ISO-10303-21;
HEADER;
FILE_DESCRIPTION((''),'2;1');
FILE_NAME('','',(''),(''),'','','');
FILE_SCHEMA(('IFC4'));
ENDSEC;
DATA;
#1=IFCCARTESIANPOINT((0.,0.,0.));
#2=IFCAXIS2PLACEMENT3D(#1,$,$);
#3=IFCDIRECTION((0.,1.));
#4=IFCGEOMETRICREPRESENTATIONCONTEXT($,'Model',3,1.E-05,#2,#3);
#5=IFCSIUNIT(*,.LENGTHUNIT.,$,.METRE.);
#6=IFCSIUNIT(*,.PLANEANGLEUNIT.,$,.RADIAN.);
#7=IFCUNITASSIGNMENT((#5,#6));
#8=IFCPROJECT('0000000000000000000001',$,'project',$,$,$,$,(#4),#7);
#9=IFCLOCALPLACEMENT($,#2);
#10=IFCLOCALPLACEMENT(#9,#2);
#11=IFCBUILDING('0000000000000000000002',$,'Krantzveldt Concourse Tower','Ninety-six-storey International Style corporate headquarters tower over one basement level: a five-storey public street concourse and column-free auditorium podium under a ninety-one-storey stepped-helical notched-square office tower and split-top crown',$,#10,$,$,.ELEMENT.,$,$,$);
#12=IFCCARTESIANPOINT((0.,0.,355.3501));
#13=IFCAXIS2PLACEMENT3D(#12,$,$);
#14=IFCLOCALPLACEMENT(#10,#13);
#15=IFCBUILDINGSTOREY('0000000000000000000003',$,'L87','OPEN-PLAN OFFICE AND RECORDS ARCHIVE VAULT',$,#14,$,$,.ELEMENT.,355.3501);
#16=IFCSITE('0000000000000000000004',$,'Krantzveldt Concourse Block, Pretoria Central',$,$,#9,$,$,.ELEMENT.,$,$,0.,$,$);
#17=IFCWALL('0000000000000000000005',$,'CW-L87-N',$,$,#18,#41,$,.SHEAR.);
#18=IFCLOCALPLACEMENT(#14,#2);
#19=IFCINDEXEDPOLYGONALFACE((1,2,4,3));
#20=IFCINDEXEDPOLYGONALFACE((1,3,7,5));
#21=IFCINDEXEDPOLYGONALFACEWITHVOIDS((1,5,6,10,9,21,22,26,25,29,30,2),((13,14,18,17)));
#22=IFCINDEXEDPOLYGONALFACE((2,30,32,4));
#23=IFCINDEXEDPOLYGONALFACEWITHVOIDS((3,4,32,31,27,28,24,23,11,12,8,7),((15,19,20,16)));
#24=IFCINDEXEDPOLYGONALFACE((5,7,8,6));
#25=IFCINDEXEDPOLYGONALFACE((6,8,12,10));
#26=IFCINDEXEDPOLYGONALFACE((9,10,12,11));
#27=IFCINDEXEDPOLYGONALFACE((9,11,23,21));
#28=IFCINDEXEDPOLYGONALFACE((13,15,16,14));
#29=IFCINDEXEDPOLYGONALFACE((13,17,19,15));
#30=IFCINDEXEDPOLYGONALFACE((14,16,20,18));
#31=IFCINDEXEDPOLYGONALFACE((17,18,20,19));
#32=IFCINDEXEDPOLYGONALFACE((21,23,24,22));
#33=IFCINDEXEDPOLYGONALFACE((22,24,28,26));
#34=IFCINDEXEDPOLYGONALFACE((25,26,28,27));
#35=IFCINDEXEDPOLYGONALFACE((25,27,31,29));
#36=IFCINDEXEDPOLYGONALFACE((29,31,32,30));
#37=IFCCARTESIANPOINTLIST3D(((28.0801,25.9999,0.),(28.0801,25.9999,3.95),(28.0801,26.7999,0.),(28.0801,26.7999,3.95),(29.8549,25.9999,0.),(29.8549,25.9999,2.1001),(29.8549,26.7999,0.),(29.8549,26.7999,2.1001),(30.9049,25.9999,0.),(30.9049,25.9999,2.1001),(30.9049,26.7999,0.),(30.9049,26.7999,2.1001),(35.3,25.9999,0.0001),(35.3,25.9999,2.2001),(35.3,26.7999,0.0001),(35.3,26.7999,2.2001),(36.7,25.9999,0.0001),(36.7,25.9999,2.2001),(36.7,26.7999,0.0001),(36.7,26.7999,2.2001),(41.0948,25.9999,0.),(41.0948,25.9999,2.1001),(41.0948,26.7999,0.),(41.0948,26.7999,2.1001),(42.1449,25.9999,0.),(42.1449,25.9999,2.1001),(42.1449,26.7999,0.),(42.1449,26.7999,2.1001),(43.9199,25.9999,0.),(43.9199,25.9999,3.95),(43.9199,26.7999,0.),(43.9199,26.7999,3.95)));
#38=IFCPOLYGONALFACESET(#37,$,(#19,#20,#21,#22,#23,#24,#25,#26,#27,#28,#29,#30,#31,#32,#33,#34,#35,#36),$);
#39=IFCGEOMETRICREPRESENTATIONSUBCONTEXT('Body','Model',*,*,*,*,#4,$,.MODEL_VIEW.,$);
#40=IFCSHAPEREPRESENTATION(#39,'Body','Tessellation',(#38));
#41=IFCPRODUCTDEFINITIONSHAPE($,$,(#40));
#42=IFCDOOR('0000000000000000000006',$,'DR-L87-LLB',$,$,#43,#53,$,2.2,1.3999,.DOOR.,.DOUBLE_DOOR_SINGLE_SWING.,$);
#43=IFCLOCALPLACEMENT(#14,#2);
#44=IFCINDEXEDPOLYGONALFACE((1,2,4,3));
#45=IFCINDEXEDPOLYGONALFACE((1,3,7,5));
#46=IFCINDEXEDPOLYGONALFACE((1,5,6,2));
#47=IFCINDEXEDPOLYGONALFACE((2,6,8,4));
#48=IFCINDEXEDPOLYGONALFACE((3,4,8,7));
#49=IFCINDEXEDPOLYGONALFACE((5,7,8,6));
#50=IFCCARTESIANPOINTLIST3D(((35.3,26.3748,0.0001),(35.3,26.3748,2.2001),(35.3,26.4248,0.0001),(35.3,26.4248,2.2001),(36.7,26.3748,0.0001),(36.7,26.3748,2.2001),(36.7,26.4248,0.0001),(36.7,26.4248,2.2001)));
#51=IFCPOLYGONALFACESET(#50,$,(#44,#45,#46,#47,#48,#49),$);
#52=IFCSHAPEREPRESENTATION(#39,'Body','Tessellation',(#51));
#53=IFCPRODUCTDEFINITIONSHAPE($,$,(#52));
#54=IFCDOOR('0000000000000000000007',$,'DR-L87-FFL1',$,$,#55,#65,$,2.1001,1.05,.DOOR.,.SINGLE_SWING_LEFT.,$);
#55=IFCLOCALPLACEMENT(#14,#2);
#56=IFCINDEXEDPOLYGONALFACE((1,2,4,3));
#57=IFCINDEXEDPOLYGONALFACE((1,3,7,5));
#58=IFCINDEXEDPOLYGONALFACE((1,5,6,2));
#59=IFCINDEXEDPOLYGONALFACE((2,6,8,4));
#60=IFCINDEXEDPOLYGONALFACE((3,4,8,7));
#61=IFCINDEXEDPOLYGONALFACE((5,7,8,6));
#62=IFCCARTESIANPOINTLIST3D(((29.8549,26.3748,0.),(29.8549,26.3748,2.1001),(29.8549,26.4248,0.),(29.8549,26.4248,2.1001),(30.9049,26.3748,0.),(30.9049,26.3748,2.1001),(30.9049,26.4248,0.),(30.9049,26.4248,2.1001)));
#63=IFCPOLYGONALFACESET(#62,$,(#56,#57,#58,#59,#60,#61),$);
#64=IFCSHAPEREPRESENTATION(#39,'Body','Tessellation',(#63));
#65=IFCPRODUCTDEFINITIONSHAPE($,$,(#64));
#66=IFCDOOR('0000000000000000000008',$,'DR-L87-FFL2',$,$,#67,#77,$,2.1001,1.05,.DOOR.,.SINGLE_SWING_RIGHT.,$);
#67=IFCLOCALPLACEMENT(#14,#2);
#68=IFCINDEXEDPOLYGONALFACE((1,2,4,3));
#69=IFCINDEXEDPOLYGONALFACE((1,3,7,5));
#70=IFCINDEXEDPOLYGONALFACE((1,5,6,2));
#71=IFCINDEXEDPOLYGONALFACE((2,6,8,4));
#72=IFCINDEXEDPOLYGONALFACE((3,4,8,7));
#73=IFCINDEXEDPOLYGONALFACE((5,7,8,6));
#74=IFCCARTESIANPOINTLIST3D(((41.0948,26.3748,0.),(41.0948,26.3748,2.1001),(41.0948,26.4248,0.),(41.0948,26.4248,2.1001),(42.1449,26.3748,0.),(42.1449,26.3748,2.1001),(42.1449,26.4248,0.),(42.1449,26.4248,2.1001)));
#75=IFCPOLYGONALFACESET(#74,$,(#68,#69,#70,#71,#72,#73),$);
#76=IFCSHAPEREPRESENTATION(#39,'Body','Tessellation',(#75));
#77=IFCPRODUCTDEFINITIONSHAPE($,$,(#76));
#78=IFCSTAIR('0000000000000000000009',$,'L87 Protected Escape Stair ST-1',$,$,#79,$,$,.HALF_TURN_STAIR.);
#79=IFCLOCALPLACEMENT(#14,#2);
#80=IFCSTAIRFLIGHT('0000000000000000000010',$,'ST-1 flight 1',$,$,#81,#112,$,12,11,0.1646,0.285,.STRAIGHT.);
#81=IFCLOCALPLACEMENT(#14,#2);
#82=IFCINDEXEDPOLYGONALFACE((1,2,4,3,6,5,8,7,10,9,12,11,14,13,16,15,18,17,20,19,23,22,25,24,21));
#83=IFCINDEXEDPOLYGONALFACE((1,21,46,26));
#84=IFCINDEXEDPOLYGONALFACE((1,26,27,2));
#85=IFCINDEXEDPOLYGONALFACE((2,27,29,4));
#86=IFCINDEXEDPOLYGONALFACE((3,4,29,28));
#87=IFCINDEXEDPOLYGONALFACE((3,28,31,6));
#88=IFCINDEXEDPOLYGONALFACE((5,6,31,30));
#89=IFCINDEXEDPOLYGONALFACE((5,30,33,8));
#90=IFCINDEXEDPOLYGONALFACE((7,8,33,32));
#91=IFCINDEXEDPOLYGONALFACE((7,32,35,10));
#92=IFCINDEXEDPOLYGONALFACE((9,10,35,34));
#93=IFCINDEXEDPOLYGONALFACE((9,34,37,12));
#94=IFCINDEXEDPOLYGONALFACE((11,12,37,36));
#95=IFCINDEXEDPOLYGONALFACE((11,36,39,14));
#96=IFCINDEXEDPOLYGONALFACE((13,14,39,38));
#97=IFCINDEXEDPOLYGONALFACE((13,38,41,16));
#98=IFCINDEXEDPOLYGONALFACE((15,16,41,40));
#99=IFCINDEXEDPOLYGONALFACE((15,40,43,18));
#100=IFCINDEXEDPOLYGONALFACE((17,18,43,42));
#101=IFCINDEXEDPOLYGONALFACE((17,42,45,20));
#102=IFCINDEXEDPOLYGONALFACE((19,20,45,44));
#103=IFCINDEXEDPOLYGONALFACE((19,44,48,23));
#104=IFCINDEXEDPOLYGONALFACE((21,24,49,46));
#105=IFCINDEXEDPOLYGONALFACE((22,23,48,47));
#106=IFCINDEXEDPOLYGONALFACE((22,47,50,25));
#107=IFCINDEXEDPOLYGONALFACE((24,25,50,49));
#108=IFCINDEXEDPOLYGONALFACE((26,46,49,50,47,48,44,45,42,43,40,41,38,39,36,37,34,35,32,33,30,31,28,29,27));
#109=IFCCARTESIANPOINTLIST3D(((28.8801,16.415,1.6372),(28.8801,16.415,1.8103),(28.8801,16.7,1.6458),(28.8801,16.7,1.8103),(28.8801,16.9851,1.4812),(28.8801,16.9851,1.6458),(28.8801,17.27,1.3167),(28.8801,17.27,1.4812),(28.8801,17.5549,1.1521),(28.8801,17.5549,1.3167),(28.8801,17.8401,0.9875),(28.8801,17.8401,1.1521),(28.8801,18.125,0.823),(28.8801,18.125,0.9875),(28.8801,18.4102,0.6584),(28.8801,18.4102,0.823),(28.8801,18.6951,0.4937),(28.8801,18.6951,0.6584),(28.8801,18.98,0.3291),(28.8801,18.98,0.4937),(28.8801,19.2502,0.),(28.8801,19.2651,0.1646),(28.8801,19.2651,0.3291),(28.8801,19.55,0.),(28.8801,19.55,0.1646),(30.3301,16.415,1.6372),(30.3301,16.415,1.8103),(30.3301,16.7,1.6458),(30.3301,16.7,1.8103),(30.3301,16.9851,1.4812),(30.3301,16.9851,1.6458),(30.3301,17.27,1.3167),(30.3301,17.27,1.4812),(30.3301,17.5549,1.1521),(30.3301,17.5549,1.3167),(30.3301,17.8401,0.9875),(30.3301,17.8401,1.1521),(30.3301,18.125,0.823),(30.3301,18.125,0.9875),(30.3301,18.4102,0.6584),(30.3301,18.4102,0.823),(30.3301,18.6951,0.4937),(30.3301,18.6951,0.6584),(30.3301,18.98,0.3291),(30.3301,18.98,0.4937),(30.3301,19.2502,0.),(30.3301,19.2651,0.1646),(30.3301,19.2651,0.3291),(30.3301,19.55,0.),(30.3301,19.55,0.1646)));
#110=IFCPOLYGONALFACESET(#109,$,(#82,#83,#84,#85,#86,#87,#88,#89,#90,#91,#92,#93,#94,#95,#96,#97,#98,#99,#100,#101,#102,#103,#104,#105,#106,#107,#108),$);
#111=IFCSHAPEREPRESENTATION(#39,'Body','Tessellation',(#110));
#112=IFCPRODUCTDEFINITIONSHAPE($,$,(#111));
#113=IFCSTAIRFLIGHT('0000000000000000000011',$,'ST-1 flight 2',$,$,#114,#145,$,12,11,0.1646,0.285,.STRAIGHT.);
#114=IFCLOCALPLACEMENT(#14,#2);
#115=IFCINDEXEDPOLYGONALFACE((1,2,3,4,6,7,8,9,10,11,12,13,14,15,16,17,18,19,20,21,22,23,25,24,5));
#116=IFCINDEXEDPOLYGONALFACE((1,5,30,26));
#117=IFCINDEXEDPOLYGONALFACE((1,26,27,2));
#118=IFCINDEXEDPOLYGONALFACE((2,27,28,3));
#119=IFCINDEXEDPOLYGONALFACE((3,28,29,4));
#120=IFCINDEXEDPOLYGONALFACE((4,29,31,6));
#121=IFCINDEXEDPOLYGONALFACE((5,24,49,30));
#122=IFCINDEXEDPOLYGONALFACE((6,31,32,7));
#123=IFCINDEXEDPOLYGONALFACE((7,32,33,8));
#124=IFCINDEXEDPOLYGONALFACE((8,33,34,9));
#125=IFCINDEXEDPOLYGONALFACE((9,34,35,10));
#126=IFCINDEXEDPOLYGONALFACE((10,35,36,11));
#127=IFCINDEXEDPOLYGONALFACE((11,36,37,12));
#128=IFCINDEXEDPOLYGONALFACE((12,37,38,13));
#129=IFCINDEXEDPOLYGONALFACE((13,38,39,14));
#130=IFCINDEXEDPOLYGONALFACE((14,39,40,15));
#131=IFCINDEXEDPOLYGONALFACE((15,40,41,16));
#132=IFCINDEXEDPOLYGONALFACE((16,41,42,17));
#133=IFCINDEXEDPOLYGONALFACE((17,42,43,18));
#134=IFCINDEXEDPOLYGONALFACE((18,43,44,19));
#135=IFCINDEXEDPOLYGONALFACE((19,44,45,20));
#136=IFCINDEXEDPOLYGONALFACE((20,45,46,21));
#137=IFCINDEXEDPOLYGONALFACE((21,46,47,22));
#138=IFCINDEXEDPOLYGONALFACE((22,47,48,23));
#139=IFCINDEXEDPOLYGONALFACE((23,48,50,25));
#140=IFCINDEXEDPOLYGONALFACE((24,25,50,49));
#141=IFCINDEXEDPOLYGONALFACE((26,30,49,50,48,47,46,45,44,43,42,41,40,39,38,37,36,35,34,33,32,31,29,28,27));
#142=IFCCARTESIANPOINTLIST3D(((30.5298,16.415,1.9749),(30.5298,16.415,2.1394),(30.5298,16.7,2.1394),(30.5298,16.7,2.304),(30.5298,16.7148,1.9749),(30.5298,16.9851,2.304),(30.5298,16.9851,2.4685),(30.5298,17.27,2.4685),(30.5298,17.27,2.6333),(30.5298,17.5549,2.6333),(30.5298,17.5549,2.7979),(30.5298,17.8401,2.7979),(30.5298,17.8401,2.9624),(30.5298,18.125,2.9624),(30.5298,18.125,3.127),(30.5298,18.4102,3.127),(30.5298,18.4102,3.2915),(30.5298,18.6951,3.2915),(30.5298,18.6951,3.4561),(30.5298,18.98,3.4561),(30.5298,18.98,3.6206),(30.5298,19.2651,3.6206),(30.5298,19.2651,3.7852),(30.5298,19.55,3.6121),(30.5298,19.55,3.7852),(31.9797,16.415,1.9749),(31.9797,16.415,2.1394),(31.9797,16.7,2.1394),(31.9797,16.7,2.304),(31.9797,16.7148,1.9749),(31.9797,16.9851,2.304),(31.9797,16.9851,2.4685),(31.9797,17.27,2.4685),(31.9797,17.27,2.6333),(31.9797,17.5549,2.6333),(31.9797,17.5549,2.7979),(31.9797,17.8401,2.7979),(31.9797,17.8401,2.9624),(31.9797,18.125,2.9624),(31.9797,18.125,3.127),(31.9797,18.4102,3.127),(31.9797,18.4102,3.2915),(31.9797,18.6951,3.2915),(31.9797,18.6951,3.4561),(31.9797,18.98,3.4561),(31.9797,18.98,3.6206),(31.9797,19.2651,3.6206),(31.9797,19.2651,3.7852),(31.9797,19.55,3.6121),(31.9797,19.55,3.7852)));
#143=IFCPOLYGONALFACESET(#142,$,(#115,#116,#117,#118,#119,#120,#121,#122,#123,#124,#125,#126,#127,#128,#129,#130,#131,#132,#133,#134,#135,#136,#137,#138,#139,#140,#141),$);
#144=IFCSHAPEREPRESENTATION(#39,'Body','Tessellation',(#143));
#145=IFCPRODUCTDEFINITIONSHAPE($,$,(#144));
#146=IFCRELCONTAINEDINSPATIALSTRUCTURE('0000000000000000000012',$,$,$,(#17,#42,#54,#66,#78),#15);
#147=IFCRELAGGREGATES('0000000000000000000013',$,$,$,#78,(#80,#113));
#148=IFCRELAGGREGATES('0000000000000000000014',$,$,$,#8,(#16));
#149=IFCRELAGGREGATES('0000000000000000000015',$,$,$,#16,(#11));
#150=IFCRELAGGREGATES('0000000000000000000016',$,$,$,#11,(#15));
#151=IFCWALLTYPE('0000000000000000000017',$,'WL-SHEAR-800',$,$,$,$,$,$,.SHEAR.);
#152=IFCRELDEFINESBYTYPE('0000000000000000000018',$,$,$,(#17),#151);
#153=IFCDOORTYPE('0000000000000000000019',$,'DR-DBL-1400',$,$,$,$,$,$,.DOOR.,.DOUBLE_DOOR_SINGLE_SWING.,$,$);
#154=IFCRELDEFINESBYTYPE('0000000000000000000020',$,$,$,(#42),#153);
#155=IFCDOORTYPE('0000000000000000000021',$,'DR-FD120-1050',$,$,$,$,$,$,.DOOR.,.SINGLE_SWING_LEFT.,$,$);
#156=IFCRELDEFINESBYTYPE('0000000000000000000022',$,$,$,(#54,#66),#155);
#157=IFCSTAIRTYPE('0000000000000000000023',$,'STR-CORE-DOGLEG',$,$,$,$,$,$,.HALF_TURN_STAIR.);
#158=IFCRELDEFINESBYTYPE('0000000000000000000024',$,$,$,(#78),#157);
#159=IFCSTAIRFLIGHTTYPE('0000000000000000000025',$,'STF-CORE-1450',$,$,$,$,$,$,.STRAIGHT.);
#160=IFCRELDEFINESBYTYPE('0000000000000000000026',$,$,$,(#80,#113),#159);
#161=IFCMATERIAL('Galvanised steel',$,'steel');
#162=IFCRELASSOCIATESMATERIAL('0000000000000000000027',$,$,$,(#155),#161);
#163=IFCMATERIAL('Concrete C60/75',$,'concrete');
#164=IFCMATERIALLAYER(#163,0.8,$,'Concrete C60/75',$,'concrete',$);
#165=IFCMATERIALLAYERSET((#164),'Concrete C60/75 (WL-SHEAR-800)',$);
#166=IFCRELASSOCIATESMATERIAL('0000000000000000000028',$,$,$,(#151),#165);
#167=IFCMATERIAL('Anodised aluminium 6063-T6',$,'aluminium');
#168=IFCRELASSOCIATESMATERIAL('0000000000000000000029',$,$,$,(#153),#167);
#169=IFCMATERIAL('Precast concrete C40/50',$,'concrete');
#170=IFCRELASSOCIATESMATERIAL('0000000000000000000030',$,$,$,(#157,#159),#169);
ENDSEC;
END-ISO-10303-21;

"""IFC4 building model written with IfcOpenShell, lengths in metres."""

from ifc_helpers import new_model, si_unit, direction, frame, frame_2d, origin, place, context, subcontext, project, spatial, polyline, rectangle, outline, extrude, material, layer, layer_set, type_object, element, fill, aggregate, save


model = new_model("IFC4")

# Units and contexts
model_context = context("Model", 3, precision=1e-05, world=origin(), true_north=direction((0.0, 1.0)))
body_context = subcontext(model_context, "Body", "Model", "MODEL_VIEW")
ifc_project = project(units=[si_unit("LENGTHUNIT", "METRE"), si_unit("PLANEANGLEUNIT", "RADIAN")], contexts=[model_context])

# Site, building, storey
site_placement = place(None, origin())
site = spatial("IfcSite", under=ifc_project, at=site_placement, Name="Krantzveldt Concourse Block, Pretoria Central", CompositionType="ELEMENT", RefElevation=0.0)
building_placement = place(site_placement, origin())
building = spatial("IfcBuilding", under=site, at=building_placement, Name="Krantzveldt Concourse Tower", Description="Ninety-six-storey International Style corporate headquarters tower over one basement level: a five-storey public street concourse and column-free auditorium podium under a ninety-one-storey stepped-helical notched-square office tower and split-top crown", CompositionType="ELEMENT")
storey_placement = place(building_placement, frame((0.0, 0.0, 355.3501)))
storey = spatial("IfcBuildingStorey", under=building, at=storey_placement, Name="L87", Description="OPEN-PLAN OFFICE AND RECORDS ARCHIVE VAULT", CompositionType="ELEMENT", Elevation=355.3501)

# Shared definitions
ifc_material_1 = material(Name="Galvanised steel", Category="steel")
door_type_1 = type_object("IfcDoorType", Name="DR-FD120-1050", OperationType="SINGLE_SWING_LEFT", PredefinedType="DOOR", material=ifc_material_1)

# Wall, openings, doors
ifc_material_2 = material(Name="Concrete C60/75", Category="concrete")
ifc_layer_1 = layer(ifc_material_2, 0.8, Name="Concrete C60/75", Category="concrete")
ifc_layer_set_1 = layer_set([ifc_layer_1], Name="Concrete C60/75 (WL-SHEAR-800)")
wall_type_1 = type_object("IfcWallType", Name="WL-SHEAR-800", PredefinedType="SHEAR", material=ifc_layer_set_1)
wall_1_placement = place(storey_placement, frame((28.0801, 26.3999, 0.0), z_axis=(0.0, 0.0, 1.0), x_axis=(1.0, 0.0, 0.0)))
wall_1 = element("IfcWall", 1, at=wall_1_placement, inside=storey, type_object=wall_type_1, Name="CW-L87-N", PredefinedType="SHEAR", context=body_context, shape_type="SweptSolid", body=[
    extrude(rectangle(XDim=15.8398, YDim=0.8, at=frame_2d((7.9199, 0.0))), origin(), (0.0, 0.0, 1.0), 3.95),
])
opening_1_placement = place(wall_1_placement, frame((7.22, 0.0, 0.0)))
opening_1 = element("IfcOpeningElement", 2, at=opening_1_placement, cuts=wall_1, PredefinedType="OPENING", context=body_context, shape_type="SweptSolid", body=[
    extrude(rectangle(XDim=1.3999, YDim=2.2, at=frame_2d((0.7, 1.1001))), frame((0.0, 0.4102, 0.0), z_axis=(0.0, -1.0, 0.0), x_axis=(1.0, 0.0, 0.0)), (0.0, 0.0, 1.0), 0.8201),
])
opening_2_placement = place(wall_1_placement, frame((1.7749, 0.0, 0.0)))
opening_2 = element("IfcOpeningElement", 3, at=opening_2_placement, cuts=wall_1, PredefinedType="OPENING", context=body_context, shape_type="SweptSolid", body=[
    extrude(rectangle(XDim=1.05, YDim=2.1001, at=frame_2d((0.5249, 1.05))), frame((0.0, 0.4102, 0.0), z_axis=(0.0, -1.0, 0.0), x_axis=(1.0, 0.0, 0.0)), (0.0, 0.0, 1.0), 0.8201),
])
opening_3_placement = place(wall_1_placement, frame((13.0149, 0.0, 0.0)))
opening_3 = element("IfcOpeningElement", 4, at=opening_3_placement, cuts=wall_1, PredefinedType="OPENING", context=body_context, shape_type="SweptSolid", body=[
    extrude(rectangle(XDim=1.05, YDim=2.1001, at=frame_2d((0.5249, 1.05))), frame((0.0, 0.4102, 0.0), z_axis=(0.0, -1.0, 0.0), x_axis=(1.0, 0.0, 0.0)), (0.0, 0.0, 1.0), 0.8201),
])
ifc_material_3 = material(Name="Anodised aluminium 6063-T6", Category="aluminium")
door_type_2 = type_object("IfcDoorType", Name="DR-DBL-1400", OperationType="DOUBLE_DOOR_SINGLE_SWING", PredefinedType="DOOR", material=ifc_material_3)
door_1_placement = place(opening_1_placement, origin())
door_1 = element("IfcDoor", 5, at=door_1_placement, inside=storey, type_object=door_type_2, Name="DR-L87-LLB", OperationType="DOUBLE_DOOR_SINGLE_SWING", OverallHeight=2.2, OverallWidth=1.3999, PredefinedType="DOOR", context=body_context, shape_type="SweptSolid", body=[
    extrude(rectangle(XDim=1.3999, YDim=2.2, at=frame_2d((0.7, 1.1001))), frame((0.0, 0.0249, 0.0), z_axis=(0.0, -1.0, 0.0), x_axis=(1.0, 0.0, 0.0)), (0.0, 0.0, 1.0), 0.05),
])
fill(opening_1, door_1)
door_2_placement = place(opening_2_placement, origin())
door_2 = element("IfcDoor", 6, at=door_2_placement, inside=storey, type_object=door_type_1, Name="DR-L87-FFL1", OperationType="SINGLE_SWING_LEFT", OverallHeight=2.1001, OverallWidth=1.05, PredefinedType="DOOR", context=body_context, shape_type="SweptSolid", body=[
    extrude(rectangle(XDim=1.05, YDim=2.1001, at=frame_2d((0.5249, 1.05))), frame((0.0, 0.0249, 0.0), z_axis=(0.0, -1.0, 0.0), x_axis=(1.0, 0.0, 0.0)), (0.0, 0.0, 1.0), 0.05),
])
fill(opening_2, door_2)
door_3_placement = place(opening_3_placement, origin())
door_3 = element("IfcDoor", 7, at=door_3_placement, inside=storey, type_object=door_type_1, Name="DR-L87-FFL2", OperationType="SINGLE_SWING_RIGHT", OverallHeight=2.1001, OverallWidth=1.05, PredefinedType="DOOR", context=body_context, shape_type="SweptSolid", body=[
    extrude(rectangle(XDim=1.05, YDim=2.1001, at=frame_2d((0.5249, 1.05))), frame((0.0, 0.0249, 0.0), z_axis=(0.0, -1.0, 0.0), x_axis=(1.0, 0.0, 0.0)), (0.0, 0.0, 1.0), 0.05),
])
fill(opening_3, door_3)

# Stair, stair flights
ifc_material_4 = material(Name="Precast concrete C40/50", Category="concrete")
stair_type = type_object("IfcStairType", Name="STR-CORE-DOGLEG", PredefinedType="HALF_TURN_STAIR", material=ifc_material_4)
stair_placement = place(storey_placement, origin())
stair = element("IfcStair", 8, at=stair_placement, inside=storey, type_object=stair_type, Name="L87 Protected Escape Stair ST-1", PredefinedType="HALF_TURN_STAIR")
stair_flight_type = type_object("IfcStairFlightType", Name="STF-CORE-1450", PredefinedType="STRAIGHT", material=ifc_material_4)
stair_flight_1_placement = place(storey_placement, frame((29.605, 19.55, 0.0), z_axis=(0.0, 0.0, 1.0), x_axis=(0.0, -1.0, 0.0)))
stair_flight_1 = element("IfcStairFlight", 9, at=stair_flight_1_placement, type_object=stair_flight_type, Name="ST-1 flight 1", NumberOfRisers=12, NumberOfTreads=11, PredefinedType="STRAIGHT", RiserHeight=0.1646, TreadLength=0.285, context=body_context, shape_type="SweptSolid", body=[
    extrude(outline(polyline([(0.0, 0.0), (0.0, 0.1646), (0.2849, 0.1646), (0.2849, 0.3291), (0.5701, 0.3291), (0.5701, 0.4937), (0.855, 0.4937), (0.855, 0.6584), (1.1399, 0.6584), (1.1399, 0.823), (1.425, 0.823), (1.425, 0.9875), (1.71, 0.9875), (1.71, 1.1521), (1.9951, 1.1521), (1.9951, 1.3167), (2.28, 1.3167), (2.28, 1.4812), (2.5649, 1.4812), (2.5649, 1.6458), (2.8501, 1.6458), (2.8501, 1.8103), (3.135, 1.8103), (3.135, 1.9751), (3.135, 1.6372), (0.2998, 0.0), (0.0, 0.0)])), frame((0.0, 0.7251, 0.0), z_axis=(0.0, -1.0, 0.0), x_axis=(1.0, 0.0, 0.0)), (0.0, 0.0, 1.0), 1.45),
])
stair_flight_2_placement = place(storey_placement, frame((31.2549, 16.415, 1.9749), z_axis=(0.0, 0.0, 1.0), x_axis=(0.0, 1.0, 0.0)))
stair_flight_2 = element("IfcStairFlight", 10, at=stair_flight_2_placement, type_object=stair_flight_type, Name="ST-1 flight 2", NumberOfRisers=12, NumberOfTreads=11, PredefinedType="STRAIGHT", RiserHeight=0.1646, TreadLength=0.285, context=body_context, shape_type="SweptSolid", body=[
    extrude(outline(polyline([(0.0, 0.0), (0.0, 0.1646), (0.2849, 0.1646), (0.2849, 0.3291), (0.5701, 0.3291), (0.5701, 0.4937), (0.855, 0.4937), (0.855, 0.6584), (1.1399, 0.6584), (1.1399, 0.823), (1.425, 0.823), (1.425, 0.9875), (1.71, 0.9875), (1.71, 1.1521), (1.9951, 1.1521), (1.9951, 1.3167), (2.28, 1.3167), (2.28, 1.4812), (2.5649, 1.4812), (2.5649, 1.6458), (2.8501, 1.6458), (2.8501, 1.8103), (3.135, 1.8103), (3.135, 1.9751), (3.135, 1.6372), (0.2998, 0.0), (0.0, 0.0)])), frame((0.0, 0.7251, 0.0), z_axis=(0.0, -1.0, 0.0), x_axis=(1.0, 0.0, 0.0)), (0.0, 0.0, 1.0), 1.45),
])
aggregate(stair, [stair_flight_1, stair_flight_2])

save(model, "model.ifc")
